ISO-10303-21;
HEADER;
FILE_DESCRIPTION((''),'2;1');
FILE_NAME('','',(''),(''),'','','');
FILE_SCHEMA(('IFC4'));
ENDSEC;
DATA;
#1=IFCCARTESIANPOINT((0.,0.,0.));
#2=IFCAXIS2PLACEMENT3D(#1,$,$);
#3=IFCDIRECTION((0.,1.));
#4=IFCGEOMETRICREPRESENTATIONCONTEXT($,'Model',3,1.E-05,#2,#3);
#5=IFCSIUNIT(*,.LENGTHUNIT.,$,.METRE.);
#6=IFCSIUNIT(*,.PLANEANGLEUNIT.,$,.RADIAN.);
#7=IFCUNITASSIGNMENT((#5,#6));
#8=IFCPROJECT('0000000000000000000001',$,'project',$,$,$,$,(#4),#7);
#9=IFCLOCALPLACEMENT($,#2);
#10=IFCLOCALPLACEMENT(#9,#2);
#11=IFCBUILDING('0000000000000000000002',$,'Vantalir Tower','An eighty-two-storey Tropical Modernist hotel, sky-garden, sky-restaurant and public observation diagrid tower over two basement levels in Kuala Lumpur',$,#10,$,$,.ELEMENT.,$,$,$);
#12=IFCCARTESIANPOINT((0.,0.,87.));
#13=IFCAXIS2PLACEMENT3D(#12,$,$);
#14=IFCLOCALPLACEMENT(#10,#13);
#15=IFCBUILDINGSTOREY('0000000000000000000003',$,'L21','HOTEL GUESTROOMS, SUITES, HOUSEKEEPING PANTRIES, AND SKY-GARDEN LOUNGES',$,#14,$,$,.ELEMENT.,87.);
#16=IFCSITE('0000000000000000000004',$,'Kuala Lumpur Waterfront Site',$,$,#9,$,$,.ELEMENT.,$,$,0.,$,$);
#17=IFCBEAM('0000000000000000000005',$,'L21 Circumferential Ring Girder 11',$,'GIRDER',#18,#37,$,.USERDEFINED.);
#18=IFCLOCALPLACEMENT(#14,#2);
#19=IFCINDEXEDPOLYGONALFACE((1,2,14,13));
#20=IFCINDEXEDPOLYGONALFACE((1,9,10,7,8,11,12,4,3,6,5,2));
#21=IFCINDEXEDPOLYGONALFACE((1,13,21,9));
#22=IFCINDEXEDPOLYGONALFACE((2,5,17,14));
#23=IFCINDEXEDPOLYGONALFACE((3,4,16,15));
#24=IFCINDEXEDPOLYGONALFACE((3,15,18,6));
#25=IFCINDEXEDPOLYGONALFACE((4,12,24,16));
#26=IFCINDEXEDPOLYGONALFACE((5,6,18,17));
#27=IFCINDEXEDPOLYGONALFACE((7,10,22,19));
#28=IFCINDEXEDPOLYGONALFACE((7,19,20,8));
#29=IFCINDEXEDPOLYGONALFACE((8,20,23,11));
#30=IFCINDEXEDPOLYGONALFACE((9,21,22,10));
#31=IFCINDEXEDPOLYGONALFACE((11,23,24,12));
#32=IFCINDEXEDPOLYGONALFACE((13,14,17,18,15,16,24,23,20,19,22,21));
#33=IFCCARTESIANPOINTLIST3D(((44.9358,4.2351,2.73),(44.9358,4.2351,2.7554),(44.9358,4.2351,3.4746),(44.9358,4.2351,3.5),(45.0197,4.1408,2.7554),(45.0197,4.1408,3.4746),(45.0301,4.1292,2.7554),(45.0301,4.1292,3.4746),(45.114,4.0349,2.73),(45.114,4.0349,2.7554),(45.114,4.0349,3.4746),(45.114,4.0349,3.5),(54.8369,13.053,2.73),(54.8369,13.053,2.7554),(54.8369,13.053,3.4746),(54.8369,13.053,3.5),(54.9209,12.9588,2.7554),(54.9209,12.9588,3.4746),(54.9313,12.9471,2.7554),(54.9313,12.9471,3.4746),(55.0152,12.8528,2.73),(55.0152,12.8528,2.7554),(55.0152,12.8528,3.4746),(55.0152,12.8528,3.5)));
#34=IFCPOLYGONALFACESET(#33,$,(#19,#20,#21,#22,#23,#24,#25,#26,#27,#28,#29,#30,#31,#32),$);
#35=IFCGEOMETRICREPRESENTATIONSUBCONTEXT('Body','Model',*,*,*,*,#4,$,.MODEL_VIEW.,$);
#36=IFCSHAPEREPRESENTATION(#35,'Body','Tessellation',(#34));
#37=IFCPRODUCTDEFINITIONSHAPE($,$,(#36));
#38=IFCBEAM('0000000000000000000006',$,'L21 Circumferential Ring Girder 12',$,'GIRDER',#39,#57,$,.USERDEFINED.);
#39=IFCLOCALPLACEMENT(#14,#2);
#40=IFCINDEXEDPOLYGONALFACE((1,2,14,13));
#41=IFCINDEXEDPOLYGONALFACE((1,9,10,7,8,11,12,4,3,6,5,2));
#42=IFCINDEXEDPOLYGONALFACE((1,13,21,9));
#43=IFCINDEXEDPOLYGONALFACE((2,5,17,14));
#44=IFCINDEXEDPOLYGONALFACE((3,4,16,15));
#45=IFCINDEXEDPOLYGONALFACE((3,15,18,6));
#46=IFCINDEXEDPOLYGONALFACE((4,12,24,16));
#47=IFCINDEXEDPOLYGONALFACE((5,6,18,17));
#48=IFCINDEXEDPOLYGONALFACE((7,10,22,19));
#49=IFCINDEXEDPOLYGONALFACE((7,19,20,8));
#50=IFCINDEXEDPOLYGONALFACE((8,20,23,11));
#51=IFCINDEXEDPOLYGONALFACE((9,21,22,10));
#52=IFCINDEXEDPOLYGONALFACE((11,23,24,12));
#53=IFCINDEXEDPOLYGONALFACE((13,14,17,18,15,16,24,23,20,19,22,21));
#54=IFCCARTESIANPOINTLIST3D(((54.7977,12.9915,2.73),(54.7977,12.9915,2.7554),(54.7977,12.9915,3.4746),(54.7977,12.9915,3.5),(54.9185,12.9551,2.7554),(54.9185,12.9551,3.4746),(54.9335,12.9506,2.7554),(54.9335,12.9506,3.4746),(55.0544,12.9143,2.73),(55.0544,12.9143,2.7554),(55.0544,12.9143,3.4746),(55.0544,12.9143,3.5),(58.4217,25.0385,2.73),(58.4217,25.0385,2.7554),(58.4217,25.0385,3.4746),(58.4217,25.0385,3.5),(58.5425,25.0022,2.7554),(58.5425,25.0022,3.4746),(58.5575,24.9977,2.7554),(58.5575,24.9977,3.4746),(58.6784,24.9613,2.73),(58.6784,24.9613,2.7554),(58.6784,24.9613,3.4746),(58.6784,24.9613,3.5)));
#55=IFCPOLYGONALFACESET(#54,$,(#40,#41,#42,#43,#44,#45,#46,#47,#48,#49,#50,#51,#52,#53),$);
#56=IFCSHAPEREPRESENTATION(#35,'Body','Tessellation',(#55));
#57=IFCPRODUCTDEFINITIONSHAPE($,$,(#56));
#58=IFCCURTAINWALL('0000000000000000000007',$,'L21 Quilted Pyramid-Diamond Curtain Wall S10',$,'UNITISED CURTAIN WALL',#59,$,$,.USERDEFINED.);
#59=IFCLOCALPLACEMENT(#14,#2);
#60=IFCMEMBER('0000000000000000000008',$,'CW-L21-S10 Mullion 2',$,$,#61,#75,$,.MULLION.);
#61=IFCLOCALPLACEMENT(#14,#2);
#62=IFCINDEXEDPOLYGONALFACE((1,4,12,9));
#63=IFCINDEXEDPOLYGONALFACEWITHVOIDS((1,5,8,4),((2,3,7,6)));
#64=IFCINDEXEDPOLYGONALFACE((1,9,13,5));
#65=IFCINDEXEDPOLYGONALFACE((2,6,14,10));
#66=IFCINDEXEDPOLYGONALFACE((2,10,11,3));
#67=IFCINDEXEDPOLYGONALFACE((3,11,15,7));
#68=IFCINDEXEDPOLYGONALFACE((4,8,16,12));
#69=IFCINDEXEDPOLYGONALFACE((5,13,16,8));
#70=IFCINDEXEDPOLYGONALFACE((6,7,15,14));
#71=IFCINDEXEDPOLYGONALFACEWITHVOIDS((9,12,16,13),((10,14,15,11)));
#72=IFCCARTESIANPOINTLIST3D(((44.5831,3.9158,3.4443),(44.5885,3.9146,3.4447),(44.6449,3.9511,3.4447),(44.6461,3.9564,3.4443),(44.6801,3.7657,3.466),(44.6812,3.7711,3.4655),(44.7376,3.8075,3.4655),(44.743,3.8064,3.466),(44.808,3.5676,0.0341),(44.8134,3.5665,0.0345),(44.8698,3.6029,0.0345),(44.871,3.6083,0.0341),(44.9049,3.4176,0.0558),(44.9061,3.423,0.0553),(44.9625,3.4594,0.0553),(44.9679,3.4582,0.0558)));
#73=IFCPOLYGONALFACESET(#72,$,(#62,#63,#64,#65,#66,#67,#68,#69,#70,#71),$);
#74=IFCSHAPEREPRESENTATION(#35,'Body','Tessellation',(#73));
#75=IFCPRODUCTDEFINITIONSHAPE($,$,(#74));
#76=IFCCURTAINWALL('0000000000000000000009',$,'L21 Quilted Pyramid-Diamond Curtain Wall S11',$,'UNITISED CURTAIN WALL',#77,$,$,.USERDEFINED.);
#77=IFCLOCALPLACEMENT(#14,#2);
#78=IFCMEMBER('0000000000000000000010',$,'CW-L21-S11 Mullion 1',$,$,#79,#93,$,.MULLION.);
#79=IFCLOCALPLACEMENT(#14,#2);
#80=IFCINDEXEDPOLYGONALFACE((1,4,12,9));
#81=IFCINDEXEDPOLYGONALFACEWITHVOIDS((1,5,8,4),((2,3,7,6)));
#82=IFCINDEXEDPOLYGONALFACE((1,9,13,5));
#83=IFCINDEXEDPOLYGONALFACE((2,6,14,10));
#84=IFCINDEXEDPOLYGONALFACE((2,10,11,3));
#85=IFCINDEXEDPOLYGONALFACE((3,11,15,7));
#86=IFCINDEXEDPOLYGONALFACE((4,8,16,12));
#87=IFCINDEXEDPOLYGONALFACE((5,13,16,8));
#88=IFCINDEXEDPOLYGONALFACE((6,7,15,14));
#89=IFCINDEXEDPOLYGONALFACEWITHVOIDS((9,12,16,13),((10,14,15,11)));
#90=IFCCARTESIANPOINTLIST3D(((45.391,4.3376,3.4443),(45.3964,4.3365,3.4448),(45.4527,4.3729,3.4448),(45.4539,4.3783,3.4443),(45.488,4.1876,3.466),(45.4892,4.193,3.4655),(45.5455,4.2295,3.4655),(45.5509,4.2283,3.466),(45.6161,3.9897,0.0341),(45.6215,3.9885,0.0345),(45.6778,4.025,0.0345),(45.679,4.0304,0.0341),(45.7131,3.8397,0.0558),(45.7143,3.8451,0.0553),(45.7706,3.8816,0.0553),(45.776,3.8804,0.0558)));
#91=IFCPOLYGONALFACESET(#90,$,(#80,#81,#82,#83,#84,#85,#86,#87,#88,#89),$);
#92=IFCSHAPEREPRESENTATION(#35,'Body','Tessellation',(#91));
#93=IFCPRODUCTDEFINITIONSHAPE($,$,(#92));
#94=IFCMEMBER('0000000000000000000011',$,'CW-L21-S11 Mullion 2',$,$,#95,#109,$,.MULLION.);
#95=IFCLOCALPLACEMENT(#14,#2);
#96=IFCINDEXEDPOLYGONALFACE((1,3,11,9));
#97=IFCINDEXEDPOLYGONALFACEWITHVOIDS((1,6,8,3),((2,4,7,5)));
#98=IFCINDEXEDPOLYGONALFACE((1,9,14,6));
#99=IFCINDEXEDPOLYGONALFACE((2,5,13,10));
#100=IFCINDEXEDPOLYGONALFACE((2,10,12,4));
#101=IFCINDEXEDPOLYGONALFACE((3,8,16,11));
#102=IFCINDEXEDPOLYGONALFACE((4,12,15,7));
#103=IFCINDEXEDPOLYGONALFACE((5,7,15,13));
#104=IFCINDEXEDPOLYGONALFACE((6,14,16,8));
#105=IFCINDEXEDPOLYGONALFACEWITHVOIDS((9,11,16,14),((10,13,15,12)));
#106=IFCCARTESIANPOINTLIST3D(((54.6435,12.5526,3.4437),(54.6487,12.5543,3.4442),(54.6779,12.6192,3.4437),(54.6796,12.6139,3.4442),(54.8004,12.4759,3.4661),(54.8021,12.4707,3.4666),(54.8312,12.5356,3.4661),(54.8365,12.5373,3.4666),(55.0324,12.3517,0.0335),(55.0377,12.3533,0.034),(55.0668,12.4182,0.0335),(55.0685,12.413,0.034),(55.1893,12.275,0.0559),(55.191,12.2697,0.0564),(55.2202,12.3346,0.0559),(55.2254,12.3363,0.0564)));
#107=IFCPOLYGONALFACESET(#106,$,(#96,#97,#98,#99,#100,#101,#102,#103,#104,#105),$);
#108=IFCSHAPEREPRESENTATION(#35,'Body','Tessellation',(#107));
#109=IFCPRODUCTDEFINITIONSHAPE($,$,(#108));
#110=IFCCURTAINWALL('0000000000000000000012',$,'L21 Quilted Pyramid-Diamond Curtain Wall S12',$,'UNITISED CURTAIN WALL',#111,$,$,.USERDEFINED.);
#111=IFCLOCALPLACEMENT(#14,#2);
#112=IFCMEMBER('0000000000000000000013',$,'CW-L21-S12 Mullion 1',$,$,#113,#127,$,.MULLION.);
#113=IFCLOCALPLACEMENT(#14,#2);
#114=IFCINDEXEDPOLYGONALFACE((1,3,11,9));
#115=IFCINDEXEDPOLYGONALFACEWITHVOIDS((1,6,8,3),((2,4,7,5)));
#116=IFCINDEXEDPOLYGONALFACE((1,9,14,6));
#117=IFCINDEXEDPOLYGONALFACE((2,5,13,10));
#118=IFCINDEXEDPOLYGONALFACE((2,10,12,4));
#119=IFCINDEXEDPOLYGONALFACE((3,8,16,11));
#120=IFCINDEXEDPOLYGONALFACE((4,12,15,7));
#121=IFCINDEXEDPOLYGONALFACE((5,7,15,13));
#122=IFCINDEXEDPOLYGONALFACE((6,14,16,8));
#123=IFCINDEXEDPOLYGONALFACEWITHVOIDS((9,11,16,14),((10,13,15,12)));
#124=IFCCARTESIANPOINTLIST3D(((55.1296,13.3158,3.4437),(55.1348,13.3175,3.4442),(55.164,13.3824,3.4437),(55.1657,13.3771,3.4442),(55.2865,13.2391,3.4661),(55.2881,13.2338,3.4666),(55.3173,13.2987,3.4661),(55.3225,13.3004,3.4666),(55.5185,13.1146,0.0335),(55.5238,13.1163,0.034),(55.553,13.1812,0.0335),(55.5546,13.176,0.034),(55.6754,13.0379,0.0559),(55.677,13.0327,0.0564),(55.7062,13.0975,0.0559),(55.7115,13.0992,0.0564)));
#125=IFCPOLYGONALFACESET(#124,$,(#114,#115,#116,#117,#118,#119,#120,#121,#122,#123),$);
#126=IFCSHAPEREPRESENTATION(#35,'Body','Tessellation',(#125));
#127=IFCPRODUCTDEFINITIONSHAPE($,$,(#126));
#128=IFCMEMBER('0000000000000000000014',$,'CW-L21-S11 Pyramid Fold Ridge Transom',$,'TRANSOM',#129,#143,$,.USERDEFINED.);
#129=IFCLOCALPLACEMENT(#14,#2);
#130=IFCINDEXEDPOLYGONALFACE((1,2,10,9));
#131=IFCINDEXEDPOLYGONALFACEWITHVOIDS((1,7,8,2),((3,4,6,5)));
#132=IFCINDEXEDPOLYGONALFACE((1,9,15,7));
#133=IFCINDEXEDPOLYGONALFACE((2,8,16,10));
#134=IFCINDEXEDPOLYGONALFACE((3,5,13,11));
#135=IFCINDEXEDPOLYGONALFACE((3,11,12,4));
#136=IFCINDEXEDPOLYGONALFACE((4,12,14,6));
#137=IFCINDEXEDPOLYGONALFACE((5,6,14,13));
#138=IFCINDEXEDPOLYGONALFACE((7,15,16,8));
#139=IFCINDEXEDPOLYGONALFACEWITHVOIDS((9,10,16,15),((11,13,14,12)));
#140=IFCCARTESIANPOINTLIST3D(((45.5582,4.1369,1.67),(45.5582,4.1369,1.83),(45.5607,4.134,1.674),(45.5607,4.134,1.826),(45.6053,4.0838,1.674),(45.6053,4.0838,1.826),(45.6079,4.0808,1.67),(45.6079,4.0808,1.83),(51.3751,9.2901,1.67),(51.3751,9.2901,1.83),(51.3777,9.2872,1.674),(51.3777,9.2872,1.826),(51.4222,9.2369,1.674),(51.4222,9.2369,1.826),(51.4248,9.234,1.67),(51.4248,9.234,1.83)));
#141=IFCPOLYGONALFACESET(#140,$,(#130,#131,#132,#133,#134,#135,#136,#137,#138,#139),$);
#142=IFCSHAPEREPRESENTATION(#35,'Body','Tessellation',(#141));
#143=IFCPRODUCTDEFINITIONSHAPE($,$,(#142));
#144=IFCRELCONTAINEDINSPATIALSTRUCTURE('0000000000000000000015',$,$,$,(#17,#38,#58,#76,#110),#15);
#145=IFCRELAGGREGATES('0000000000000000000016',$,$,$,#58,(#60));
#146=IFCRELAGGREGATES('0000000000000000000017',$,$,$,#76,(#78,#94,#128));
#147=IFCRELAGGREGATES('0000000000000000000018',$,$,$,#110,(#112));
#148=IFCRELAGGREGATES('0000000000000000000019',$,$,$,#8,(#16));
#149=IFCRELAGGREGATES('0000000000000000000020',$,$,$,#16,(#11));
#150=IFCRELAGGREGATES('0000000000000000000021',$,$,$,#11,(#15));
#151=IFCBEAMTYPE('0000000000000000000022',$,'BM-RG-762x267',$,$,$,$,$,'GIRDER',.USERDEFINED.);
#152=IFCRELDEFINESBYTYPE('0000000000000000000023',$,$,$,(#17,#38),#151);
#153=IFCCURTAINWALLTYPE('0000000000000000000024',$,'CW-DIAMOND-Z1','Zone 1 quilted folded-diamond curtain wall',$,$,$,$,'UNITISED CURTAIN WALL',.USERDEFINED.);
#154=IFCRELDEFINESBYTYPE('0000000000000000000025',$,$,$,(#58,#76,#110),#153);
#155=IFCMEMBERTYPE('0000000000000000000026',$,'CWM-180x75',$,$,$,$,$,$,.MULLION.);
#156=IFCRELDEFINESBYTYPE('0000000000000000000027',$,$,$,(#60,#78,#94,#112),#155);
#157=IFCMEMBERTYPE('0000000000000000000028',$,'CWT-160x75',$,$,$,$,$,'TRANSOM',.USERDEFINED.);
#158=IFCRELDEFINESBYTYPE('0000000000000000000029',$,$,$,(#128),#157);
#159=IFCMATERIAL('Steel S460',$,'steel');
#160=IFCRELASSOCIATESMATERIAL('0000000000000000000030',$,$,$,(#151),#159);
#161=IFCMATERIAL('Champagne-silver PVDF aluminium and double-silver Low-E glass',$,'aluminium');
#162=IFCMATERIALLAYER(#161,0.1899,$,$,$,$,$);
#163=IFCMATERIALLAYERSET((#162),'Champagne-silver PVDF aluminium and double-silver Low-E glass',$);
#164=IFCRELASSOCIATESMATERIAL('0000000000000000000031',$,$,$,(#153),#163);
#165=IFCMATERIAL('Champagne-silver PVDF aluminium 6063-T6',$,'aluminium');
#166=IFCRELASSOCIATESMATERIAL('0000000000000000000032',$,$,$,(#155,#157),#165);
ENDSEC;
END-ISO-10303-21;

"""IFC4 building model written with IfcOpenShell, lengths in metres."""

from ifc_helpers import new_model, si_unit, direction, frame, origin, origin_2d, place, context, subcontext, project, spatial, hollow_rectangle, i_section, extrude, material, layer, layer_set, material_profile, profile_set, type_object, element, aggregate, save


model = new_model("IFC4")

# Units and contexts
model_context = context("Model", 3, precision=1e-05, world=origin(), true_north=direction((0.0, 1.0)))
body_context = subcontext(model_context, "Body", "Model", "MODEL_VIEW")
ifc_project = project(units=[si_unit("LENGTHUNIT", "METRE"), si_unit("PLANEANGLEUNIT", "RADIAN")], contexts=[model_context])

# Site, building, storey
site_placement = place(None, origin())
site = spatial("IfcSite", under=ifc_project, at=site_placement, Name="Kuala Lumpur Waterfront Site", CompositionType="ELEMENT", RefElevation=0.0)
building_placement = place(site_placement, origin())
building = spatial("IfcBuilding", under=site, at=building_placement, Name="Vantalir Tower", Description="An eighty-two-storey Tropical Modernist hotel, sky-garden, sky-restaurant and public observation diagrid tower over two basement levels in Kuala Lumpur", CompositionType="ELEMENT")
storey_placement = place(building_placement, frame((0.0, 0.0, 87.0)))
storey = spatial("IfcBuildingStorey", under=building, at=storey_placement, Name="L21", Description="HOTEL GUESTROOMS, SUITES, HOUSEKEEPING PANTRIES, AND SKY-GARDEN LOUNGES", CompositionType="ELEMENT", Elevation=87.0)

# Shared definitions
ifc_material_1 = material(Name="Steel S460", Category="steel")

# Beams
ifc_material_profile_1 = material_profile(ifc_material_1, i_section(OverallWidth=0.2681, OverallDepth=0.77, WebThickness=0.0156, FlangeThickness=0.0254, at=origin_2d()), Name="Steel S460")
ifc_profile_set_1 = profile_set([ifc_material_profile_1], Name="Steel S460")
beam_type_1 = type_object("IfcBeamType", Name="BM-RG-762x267", ElementType="GIRDER", PredefinedType="USERDEFINED", material=ifc_profile_set_1)
beam_1_placement = place(storey_placement, frame((45.0249, 4.135, 3.115), z_axis=(0.746777, 0.665074, 0.0), x_axis=(-0.665074, 0.746777, 0.0)))
element("IfcBeam", 1, at=beam_1_placement, inside=storey, type_object=beam_type_1, Name="L21 Circumferential Ring Girder 11", ObjectType="GIRDER", PredefinedType="USERDEFINED", context=body_context, shape_type="SweptSolid", body=[
    extrude(i_section(OverallWidth=0.2681, OverallDepth=0.77, WebThickness=0.0156, FlangeThickness=0.0254, at=origin_2d()), origin(), (0.0, 0.0, 1.0), 13.2585),
])
beam_2_placement = place(storey_placement, frame((54.926, 12.9529, 3.115), z_axis=(0.288069, 0.95761, 0.0), x_axis=(-0.95761, 0.288069, 0.0)))
element("IfcBeam", 2, at=beam_2_placement, inside=storey, type_object=beam_type_1, Name="L21 Circumferential Ring Girder 12", ObjectType="GIRDER", PredefinedType="USERDEFINED", context=body_context, shape_type="SweptSolid", body=[
    extrude(i_section(OverallWidth=0.2681, OverallDepth=0.77, WebThickness=0.0156, FlangeThickness=0.0254, at=origin_2d()), origin(), (0.0, 0.0, 1.0), 12.5803),
])

# Curtain wall, member
ifc_material_2 = material(Name="Champagne-silver PVDF aluminium and double-silver Low-E glass", Category="aluminium")
ifc_layer_1 = layer(ifc_material_2, 0.1899)
ifc_layer_set_1 = layer_set([ifc_layer_1], Name="Champagne-silver PVDF aluminium and double-silver Low-E glass")
curtain_wall_type = type_object("IfcCurtainWallType", Name="CW-DIAMOND-Z1", Description="Zone 1 quilted folded-diamond curtain wall", ElementType="UNITISED CURTAIN WALL", PredefinedType="USERDEFINED", material=ifc_layer_set_1)
curtain_wall_1_placement = place(storey_placement, origin())
curtain_wall_1 = element("IfcCurtainWall", 3, at=curtain_wall_1_placement, inside=storey, type_object=curtain_wall_type, Name="L21 Quilted Pyramid-Diamond Curtain Wall S10", ObjectType="UNITISED CURTAIN WALL", PredefinedType="USERDEFINED")
ifc_material_3 = material(Name="Champagne-silver PVDF aluminium 6063-T6", Category="aluminium")
ifc_material_profile_2 = material_profile(ifc_material_3, hollow_rectangle(XDim=0.075, YDim=0.1799, WallThickness=0.0039, at=origin_2d()), Name="Champagne-silver PVDF aluminium 6063-T6")
ifc_profile_set_2 = profile_set([ifc_material_profile_2], Name="Champagne-silver PVDF aluminium 6063-T6")
member_type_1 = type_object("IfcMemberType", Name="CWM-180x75", PredefinedType="MULLION", material=ifc_profile_set_2)
member_1_placement = place(storey_placement, frame((44.8879, 3.5129, 0.0449), z_axis=(-0.065455, 0.101345, 0.992696), x_axis=(-0.840028, -0.542543, 0.0)))
member_1 = element("IfcMember", 4, at=member_1_placement, type_object=member_type_1, Name="CW-L21-S10 Mullion 2", PredefinedType="MULLION", context=body_context, shape_type="SweptSolid", body=[
    extrude(hollow_rectangle(XDim=0.075, YDim=0.1799, WallThickness=0.0039, at=origin_2d()), origin(), (0.0, 0.0, 1.0), 3.4353),
])
aggregate(curtain_wall_1, [member_1])

# Curtain wall, members
curtain_wall_2_placement = place(storey_placement, origin())
curtain_wall_2 = element("IfcCurtainWall", 5, at=curtain_wall_2_placement, inside=storey, type_object=curtain_wall_type, Name="L21 Quilted Pyramid-Diamond Curtain Wall S11", ObjectType="UNITISED CURTAIN WALL", PredefinedType="USERDEFINED")
member_2_placement = place(storey_placement, frame((45.696, 3.9351, 0.0449), z_axis=(-0.065526, 0.101274, 0.992698), x_axis=(-0.839586, -0.543227, 0.0)))
member_2 = element("IfcMember", 6, at=member_2_placement, type_object=member_type_1, Name="CW-L21-S11 Mullion 1", PredefinedType="MULLION", context=body_context, shape_type="SweptSolid", body=[
    extrude(hollow_rectangle(XDim=0.075, YDim=0.1799, WallThickness=0.0039, at=origin_2d()), origin(), (0.0, 0.0, 1.0), 3.4353),
])
member_3_placement = place(storey_placement, frame((55.1289, 12.344, 0.0449), z_axis=(-0.113118, 0.058441, 0.991861), x_axis=(-0.458998, -0.888437, 0.0)))
member_3 = element("IfcMember", 7, at=member_3_placement, type_object=member_type_1, Name="CW-L21-S11 Mullion 2", PredefinedType="MULLION", context=body_context, shape_type="SweptSolid", body=[
    extrude(hollow_rectangle(XDim=0.075, YDim=0.1799, WallThickness=0.0039, at=origin_2d()), origin(), (0.0, 0.0, 1.0), 3.4382),
])

# Curtain wall, member
curtain_wall_3_placement = place(storey_placement, origin())
curtain_wall_3 = element("IfcCurtainWall", 8, at=curtain_wall_3_placement, inside=storey, type_object=curtain_wall_type, Name="L21 Quilted Pyramid-Diamond Curtain Wall S12", ObjectType="UNITISED CURTAIN WALL", PredefinedType="USERDEFINED")
member_4_placement = place(storey_placement, frame((55.615, 13.1069, 0.0449), z_axis=(-0.113118, 0.058512, 0.991857), x_axis=(-0.459438, -0.88821, 0.0)))
member_4 = element("IfcMember", 9, at=member_4_placement, type_object=member_type_1, Name="CW-L21-S12 Mullion 1", PredefinedType="MULLION", context=body_context, shape_type="SweptSolid", body=[
    extrude(hollow_rectangle(XDim=0.075, YDim=0.1799, WallThickness=0.0039, at=origin_2d()), origin(), (0.0, 0.0, 1.0), 3.4382),
])

# Member
ifc_material_profile_3 = material_profile(ifc_material_3, hollow_rectangle(XDim=0.075, YDim=0.1599, WallThickness=0.0039, at=origin_2d()), Name="Champagne-silver PVDF aluminium 6063-T6")
ifc_profile_set_3 = profile_set([ifc_material_profile_3], Name="Champagne-silver PVDF aluminium 6063-T6")
member_type_2 = type_object("IfcMemberType", Name="CWT-160x75", ElementType="TRANSOM", PredefinedType="USERDEFINED", material=ifc_profile_set_3)
member_5_placement = place(storey_placement, frame((45.583, 4.1089, 1.75), z_axis=(0.748526, 0.663105, 0.0), x_axis=(-0.663105, 0.748526, 0.0)))
member_5 = element("IfcMember", 10, at=member_5_placement, type_object=member_type_2, Name="CW-L21-S11 Pyramid Fold Ridge Transom", ObjectType="TRANSOM", PredefinedType="USERDEFINED", context=body_context, shape_type="SweptSolid", body=[
    extrude(hollow_rectangle(XDim=0.075, YDim=0.1599, WallThickness=0.0039, at=origin_2d()), origin(), (0.0, 0.0, 1.0), 7.7712),
])

aggregate(curtain_wall_2, [member_2, member_3, member_5])
aggregate(curtain_wall_3, [member_4])

save(model, "model.ifc")
